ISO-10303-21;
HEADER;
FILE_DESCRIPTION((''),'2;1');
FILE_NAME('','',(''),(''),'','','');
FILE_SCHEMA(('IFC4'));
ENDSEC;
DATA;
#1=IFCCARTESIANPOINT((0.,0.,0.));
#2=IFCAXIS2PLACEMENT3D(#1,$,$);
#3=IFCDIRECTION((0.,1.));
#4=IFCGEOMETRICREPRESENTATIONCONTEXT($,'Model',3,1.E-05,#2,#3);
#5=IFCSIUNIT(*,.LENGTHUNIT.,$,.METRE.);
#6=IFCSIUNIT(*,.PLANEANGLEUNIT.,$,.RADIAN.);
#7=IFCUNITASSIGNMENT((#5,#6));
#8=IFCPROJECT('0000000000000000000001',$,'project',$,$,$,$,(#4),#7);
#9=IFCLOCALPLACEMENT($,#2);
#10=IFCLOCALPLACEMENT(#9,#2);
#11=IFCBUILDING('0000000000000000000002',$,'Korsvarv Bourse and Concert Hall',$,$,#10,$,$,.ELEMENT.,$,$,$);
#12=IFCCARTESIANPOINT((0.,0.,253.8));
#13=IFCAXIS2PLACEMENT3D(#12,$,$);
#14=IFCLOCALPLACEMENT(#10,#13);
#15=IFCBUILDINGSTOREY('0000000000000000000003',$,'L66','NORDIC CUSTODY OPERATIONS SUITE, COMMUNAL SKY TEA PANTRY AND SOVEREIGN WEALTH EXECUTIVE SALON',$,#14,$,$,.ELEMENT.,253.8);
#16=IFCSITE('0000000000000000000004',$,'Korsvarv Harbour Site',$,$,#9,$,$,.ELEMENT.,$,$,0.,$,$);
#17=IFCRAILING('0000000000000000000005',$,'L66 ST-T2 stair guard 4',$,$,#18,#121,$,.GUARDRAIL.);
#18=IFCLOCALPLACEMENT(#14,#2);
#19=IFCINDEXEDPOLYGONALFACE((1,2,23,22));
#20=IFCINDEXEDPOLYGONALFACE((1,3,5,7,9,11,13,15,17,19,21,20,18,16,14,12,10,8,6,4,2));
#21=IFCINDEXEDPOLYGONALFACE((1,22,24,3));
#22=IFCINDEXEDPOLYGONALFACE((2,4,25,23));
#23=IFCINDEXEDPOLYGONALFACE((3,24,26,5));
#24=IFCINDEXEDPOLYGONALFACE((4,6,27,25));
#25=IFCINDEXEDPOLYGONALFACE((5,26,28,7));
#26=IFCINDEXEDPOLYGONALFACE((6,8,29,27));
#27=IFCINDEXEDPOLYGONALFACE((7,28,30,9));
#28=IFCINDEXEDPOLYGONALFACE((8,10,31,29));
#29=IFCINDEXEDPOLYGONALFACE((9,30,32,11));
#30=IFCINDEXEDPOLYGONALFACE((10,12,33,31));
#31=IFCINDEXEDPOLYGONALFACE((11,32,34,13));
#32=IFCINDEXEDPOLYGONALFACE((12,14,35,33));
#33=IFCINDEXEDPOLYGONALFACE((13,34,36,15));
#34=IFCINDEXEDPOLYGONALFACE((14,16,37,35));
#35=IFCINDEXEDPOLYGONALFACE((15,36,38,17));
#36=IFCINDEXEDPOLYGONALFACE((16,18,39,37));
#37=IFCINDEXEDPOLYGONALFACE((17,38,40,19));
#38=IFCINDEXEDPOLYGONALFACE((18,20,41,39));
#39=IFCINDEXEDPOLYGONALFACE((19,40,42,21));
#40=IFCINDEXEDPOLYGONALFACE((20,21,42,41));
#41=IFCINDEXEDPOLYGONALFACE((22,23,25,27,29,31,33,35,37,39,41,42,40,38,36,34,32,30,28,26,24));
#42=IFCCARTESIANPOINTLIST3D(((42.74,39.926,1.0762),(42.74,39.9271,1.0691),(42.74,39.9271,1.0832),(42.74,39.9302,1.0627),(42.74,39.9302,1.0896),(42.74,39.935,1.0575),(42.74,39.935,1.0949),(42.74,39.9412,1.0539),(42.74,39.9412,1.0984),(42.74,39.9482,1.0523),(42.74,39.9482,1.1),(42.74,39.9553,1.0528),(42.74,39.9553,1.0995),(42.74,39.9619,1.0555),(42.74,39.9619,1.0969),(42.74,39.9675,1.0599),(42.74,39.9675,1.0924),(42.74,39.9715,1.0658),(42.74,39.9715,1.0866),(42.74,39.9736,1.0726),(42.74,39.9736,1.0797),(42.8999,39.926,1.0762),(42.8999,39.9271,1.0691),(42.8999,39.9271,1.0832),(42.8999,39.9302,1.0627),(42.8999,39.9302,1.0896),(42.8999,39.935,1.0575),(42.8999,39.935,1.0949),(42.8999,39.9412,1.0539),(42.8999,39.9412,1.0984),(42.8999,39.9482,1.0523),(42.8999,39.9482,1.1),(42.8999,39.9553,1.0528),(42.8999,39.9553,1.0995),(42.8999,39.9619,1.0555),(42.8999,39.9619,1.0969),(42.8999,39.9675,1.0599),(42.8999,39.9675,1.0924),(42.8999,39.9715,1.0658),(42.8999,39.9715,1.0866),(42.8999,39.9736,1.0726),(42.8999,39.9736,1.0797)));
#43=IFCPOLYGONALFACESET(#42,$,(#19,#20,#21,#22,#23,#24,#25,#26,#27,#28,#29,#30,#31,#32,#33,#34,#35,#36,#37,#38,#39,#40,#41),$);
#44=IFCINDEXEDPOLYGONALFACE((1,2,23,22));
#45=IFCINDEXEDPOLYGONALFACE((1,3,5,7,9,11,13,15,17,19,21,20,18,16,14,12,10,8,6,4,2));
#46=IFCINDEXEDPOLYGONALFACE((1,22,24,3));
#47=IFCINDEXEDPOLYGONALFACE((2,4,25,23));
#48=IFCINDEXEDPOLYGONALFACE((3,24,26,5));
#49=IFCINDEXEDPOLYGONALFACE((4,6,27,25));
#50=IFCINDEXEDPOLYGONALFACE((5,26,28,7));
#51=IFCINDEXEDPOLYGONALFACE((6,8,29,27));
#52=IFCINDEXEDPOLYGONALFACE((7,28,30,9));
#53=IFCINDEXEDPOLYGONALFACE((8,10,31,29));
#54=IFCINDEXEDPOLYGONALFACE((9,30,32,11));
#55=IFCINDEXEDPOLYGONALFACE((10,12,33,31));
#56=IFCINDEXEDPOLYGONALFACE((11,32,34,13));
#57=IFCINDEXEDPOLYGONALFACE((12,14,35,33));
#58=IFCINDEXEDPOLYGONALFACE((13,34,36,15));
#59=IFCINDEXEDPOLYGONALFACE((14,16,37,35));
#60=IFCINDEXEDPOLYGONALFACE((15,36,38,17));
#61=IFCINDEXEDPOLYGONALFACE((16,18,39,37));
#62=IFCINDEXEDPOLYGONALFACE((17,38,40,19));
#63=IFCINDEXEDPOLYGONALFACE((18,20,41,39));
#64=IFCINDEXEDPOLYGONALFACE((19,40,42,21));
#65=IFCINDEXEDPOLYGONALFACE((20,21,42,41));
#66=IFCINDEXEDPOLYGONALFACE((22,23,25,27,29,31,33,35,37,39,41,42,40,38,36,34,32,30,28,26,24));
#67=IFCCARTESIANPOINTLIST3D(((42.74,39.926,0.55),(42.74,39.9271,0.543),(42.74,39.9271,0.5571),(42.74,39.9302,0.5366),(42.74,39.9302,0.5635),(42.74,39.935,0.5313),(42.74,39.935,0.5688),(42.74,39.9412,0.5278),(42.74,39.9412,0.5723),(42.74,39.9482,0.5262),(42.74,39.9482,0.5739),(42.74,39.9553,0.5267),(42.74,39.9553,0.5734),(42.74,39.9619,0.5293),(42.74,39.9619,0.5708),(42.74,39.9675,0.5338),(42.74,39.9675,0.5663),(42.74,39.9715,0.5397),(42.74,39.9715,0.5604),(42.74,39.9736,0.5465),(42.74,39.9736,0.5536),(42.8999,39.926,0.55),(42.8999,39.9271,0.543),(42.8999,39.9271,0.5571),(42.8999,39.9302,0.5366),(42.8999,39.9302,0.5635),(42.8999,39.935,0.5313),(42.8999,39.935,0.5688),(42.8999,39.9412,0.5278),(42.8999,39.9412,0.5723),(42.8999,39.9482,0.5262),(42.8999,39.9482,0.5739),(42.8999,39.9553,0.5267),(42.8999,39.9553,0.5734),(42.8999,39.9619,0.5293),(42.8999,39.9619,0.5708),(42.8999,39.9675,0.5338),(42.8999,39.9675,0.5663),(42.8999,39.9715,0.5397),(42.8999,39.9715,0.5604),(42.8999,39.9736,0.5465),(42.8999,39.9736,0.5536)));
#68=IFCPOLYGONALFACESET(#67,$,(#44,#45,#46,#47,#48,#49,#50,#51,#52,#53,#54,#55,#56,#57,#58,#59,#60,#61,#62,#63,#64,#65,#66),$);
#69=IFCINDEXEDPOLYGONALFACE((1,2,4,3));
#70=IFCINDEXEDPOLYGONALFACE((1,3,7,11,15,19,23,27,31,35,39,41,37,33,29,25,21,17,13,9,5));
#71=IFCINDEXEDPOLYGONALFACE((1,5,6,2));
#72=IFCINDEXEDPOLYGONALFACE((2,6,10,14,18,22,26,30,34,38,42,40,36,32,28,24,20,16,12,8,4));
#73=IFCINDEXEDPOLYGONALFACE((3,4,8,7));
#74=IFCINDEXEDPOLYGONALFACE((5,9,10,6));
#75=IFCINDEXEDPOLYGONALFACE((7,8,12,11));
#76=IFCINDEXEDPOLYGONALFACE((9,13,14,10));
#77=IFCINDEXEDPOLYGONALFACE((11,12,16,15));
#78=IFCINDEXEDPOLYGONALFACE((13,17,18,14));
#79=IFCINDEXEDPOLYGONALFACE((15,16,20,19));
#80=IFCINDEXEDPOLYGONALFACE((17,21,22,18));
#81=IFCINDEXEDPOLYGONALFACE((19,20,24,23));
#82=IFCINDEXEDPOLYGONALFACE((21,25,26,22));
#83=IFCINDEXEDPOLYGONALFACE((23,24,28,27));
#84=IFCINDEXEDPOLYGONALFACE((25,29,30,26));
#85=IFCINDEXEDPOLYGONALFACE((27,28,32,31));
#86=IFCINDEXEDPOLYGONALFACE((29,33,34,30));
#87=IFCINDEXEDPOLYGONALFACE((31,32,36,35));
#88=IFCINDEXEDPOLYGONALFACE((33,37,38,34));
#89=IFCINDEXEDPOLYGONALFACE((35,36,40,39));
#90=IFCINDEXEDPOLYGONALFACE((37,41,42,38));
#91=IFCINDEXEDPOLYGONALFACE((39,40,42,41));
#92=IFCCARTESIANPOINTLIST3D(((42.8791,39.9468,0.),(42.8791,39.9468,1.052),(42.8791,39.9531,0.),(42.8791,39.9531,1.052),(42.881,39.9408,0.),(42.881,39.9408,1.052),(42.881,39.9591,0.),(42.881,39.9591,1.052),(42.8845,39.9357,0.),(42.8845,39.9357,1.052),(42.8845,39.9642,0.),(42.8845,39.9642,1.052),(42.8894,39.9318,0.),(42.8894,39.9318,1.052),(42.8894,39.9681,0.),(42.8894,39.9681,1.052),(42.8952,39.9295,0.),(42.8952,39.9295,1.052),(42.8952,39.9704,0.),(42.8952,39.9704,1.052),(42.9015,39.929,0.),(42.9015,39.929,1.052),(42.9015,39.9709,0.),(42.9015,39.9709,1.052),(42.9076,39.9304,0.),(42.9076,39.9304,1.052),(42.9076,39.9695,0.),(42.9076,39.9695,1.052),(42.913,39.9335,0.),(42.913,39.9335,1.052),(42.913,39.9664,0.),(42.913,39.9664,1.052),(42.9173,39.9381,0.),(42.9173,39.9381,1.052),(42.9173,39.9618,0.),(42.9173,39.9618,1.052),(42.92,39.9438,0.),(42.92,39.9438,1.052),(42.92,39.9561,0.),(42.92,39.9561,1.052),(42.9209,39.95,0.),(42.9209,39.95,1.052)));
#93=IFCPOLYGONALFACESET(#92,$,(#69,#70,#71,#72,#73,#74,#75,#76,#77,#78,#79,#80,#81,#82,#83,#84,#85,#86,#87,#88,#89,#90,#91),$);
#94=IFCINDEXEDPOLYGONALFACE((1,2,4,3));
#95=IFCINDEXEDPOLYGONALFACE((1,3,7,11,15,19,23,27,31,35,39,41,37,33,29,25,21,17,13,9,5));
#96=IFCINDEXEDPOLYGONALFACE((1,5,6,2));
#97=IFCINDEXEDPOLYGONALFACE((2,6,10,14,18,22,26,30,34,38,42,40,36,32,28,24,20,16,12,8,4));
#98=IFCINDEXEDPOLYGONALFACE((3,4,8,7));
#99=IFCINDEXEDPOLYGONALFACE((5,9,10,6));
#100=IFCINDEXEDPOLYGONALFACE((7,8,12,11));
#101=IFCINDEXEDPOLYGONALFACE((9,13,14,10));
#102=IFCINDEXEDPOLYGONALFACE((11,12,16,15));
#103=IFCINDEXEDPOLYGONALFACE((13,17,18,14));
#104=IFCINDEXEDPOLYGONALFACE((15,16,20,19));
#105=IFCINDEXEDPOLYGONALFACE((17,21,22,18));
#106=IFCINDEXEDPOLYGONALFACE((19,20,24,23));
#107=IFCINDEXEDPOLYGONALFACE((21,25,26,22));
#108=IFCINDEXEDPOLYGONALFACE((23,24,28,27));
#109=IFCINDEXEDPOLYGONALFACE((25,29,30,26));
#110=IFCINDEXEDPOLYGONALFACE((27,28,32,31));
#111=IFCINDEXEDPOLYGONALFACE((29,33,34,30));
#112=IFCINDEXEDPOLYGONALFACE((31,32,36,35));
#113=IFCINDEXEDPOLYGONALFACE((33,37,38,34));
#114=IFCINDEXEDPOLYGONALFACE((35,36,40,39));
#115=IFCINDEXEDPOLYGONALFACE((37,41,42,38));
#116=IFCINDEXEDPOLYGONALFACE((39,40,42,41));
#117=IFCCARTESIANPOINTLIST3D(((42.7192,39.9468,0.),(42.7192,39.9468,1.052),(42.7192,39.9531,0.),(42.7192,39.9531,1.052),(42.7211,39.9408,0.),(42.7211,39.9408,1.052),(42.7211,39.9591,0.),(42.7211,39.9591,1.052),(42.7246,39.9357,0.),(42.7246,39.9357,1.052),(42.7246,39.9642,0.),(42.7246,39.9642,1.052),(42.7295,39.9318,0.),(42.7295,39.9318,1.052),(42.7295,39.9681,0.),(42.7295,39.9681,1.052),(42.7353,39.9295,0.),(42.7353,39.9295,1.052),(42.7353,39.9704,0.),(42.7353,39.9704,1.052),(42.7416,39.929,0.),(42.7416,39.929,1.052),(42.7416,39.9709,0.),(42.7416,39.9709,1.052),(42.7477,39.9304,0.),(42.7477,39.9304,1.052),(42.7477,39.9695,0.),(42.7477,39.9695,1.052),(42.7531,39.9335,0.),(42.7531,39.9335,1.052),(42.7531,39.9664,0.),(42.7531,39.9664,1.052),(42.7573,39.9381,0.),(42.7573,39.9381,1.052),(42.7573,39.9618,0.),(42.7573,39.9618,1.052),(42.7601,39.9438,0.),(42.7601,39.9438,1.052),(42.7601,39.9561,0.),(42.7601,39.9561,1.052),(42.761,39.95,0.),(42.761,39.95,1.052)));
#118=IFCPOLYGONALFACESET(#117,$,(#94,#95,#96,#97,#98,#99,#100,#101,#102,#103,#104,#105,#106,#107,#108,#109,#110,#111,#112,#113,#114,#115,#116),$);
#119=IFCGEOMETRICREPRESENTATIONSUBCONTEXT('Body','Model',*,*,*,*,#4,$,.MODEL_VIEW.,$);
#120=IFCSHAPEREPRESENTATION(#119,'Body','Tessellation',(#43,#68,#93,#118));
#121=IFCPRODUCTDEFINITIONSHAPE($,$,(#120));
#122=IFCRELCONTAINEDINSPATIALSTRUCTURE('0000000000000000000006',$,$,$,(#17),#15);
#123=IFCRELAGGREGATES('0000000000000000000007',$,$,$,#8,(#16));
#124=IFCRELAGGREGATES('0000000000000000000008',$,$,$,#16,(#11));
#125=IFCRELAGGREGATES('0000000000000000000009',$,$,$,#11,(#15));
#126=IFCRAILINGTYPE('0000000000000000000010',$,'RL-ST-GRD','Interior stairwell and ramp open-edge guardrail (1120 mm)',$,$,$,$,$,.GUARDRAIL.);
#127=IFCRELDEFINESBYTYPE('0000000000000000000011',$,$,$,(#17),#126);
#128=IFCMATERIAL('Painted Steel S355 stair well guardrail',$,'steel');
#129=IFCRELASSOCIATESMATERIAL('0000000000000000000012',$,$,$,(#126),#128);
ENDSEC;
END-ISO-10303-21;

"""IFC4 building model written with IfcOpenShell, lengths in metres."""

from ifc_helpers import new_model, si_unit, direction, frame, origin, origin_2d, place, context, subcontext, project, spatial, circle, extrude, material, type_object, element, save


model = new_model("IFC4")

# Units and contexts
model_context = context("Model", 3, precision=1e-05, world=origin(), true_north=direction((0.0, 1.0)))
body_context = subcontext(model_context, "Body", "Model", "MODEL_VIEW")
ifc_project = project(units=[si_unit("LENGTHUNIT", "METRE"), si_unit("PLANEANGLEUNIT", "RADIAN")], contexts=[model_context])

# Site, building, storey
site_placement = place(None, origin())
site = spatial("IfcSite", under=ifc_project, at=site_placement, Name="Korsvarv Harbour Site", CompositionType="ELEMENT", RefElevation=0.0)
building_placement = place(site_placement, origin())
building = spatial("IfcBuilding", under=site, at=building_placement, Name="Korsvarv Bourse and Concert Hall", CompositionType="ELEMENT")
storey_placement = place(building_placement, frame((0.0, 0.0, 253.8)))
storey = spatial("IfcBuildingStorey", under=building, at=storey_placement, Name="L66", Description="NORDIC CUSTODY OPERATIONS SUITE, COMMUNAL SKY TEA PANTRY AND SOVEREIGN WEALTH EXECUTIVE SALON", CompositionType="ELEMENT", Elevation=253.8)

# Railing
ifc_material_1 = material(Name="Painted Steel S355 stair well guardrail", Category="steel")
railing_type_1 = type_object("IfcRailingType", Name="RL-ST-GRD", Description="Interior stairwell and ramp open-edge guardrail (1120 mm)", PredefinedType="GUARDRAIL", material=ifc_material_1)
railing_1_placement = place(storey_placement, frame((42.8999, 39.95, 0.0)))
element("IfcRailing", 1, at=railing_1_placement, inside=storey, type_object=railing_type_1, Name="L66 ST-T2 stair guard 4", PredefinedType="GUARDRAIL", context=body_context, shape_type="SweptSolid", body=[
    extrude(circle(Radius=0.0239, at=origin_2d()), frame((0.0, 0.0, 1.0762), z_axis=(-1.0, 0.0, 0.0), x_axis=(0.0, -1.0, 0.0)), (0.0, 0.0, 1.0), 0.1599),
    extrude(circle(Radius=0.0239, at=origin_2d()), frame((0.0, 0.0, 0.55), z_axis=(-1.0, 0.0, 0.0), x_axis=(0.0, -1.0, 0.0)), (0.0, 0.0, 1.0), 0.1599),
    extrude(circle(Radius=0.021, at=origin_2d()), origin(), (0.0, 0.0, 1.0), 1.052),
    extrude(circle(Radius=0.021, at=origin_2d()), frame((-0.1599, 0.0, 0.0)), (0.0, 0.0, 1.0), 1.052),
])

save(model, "model.ifc")
